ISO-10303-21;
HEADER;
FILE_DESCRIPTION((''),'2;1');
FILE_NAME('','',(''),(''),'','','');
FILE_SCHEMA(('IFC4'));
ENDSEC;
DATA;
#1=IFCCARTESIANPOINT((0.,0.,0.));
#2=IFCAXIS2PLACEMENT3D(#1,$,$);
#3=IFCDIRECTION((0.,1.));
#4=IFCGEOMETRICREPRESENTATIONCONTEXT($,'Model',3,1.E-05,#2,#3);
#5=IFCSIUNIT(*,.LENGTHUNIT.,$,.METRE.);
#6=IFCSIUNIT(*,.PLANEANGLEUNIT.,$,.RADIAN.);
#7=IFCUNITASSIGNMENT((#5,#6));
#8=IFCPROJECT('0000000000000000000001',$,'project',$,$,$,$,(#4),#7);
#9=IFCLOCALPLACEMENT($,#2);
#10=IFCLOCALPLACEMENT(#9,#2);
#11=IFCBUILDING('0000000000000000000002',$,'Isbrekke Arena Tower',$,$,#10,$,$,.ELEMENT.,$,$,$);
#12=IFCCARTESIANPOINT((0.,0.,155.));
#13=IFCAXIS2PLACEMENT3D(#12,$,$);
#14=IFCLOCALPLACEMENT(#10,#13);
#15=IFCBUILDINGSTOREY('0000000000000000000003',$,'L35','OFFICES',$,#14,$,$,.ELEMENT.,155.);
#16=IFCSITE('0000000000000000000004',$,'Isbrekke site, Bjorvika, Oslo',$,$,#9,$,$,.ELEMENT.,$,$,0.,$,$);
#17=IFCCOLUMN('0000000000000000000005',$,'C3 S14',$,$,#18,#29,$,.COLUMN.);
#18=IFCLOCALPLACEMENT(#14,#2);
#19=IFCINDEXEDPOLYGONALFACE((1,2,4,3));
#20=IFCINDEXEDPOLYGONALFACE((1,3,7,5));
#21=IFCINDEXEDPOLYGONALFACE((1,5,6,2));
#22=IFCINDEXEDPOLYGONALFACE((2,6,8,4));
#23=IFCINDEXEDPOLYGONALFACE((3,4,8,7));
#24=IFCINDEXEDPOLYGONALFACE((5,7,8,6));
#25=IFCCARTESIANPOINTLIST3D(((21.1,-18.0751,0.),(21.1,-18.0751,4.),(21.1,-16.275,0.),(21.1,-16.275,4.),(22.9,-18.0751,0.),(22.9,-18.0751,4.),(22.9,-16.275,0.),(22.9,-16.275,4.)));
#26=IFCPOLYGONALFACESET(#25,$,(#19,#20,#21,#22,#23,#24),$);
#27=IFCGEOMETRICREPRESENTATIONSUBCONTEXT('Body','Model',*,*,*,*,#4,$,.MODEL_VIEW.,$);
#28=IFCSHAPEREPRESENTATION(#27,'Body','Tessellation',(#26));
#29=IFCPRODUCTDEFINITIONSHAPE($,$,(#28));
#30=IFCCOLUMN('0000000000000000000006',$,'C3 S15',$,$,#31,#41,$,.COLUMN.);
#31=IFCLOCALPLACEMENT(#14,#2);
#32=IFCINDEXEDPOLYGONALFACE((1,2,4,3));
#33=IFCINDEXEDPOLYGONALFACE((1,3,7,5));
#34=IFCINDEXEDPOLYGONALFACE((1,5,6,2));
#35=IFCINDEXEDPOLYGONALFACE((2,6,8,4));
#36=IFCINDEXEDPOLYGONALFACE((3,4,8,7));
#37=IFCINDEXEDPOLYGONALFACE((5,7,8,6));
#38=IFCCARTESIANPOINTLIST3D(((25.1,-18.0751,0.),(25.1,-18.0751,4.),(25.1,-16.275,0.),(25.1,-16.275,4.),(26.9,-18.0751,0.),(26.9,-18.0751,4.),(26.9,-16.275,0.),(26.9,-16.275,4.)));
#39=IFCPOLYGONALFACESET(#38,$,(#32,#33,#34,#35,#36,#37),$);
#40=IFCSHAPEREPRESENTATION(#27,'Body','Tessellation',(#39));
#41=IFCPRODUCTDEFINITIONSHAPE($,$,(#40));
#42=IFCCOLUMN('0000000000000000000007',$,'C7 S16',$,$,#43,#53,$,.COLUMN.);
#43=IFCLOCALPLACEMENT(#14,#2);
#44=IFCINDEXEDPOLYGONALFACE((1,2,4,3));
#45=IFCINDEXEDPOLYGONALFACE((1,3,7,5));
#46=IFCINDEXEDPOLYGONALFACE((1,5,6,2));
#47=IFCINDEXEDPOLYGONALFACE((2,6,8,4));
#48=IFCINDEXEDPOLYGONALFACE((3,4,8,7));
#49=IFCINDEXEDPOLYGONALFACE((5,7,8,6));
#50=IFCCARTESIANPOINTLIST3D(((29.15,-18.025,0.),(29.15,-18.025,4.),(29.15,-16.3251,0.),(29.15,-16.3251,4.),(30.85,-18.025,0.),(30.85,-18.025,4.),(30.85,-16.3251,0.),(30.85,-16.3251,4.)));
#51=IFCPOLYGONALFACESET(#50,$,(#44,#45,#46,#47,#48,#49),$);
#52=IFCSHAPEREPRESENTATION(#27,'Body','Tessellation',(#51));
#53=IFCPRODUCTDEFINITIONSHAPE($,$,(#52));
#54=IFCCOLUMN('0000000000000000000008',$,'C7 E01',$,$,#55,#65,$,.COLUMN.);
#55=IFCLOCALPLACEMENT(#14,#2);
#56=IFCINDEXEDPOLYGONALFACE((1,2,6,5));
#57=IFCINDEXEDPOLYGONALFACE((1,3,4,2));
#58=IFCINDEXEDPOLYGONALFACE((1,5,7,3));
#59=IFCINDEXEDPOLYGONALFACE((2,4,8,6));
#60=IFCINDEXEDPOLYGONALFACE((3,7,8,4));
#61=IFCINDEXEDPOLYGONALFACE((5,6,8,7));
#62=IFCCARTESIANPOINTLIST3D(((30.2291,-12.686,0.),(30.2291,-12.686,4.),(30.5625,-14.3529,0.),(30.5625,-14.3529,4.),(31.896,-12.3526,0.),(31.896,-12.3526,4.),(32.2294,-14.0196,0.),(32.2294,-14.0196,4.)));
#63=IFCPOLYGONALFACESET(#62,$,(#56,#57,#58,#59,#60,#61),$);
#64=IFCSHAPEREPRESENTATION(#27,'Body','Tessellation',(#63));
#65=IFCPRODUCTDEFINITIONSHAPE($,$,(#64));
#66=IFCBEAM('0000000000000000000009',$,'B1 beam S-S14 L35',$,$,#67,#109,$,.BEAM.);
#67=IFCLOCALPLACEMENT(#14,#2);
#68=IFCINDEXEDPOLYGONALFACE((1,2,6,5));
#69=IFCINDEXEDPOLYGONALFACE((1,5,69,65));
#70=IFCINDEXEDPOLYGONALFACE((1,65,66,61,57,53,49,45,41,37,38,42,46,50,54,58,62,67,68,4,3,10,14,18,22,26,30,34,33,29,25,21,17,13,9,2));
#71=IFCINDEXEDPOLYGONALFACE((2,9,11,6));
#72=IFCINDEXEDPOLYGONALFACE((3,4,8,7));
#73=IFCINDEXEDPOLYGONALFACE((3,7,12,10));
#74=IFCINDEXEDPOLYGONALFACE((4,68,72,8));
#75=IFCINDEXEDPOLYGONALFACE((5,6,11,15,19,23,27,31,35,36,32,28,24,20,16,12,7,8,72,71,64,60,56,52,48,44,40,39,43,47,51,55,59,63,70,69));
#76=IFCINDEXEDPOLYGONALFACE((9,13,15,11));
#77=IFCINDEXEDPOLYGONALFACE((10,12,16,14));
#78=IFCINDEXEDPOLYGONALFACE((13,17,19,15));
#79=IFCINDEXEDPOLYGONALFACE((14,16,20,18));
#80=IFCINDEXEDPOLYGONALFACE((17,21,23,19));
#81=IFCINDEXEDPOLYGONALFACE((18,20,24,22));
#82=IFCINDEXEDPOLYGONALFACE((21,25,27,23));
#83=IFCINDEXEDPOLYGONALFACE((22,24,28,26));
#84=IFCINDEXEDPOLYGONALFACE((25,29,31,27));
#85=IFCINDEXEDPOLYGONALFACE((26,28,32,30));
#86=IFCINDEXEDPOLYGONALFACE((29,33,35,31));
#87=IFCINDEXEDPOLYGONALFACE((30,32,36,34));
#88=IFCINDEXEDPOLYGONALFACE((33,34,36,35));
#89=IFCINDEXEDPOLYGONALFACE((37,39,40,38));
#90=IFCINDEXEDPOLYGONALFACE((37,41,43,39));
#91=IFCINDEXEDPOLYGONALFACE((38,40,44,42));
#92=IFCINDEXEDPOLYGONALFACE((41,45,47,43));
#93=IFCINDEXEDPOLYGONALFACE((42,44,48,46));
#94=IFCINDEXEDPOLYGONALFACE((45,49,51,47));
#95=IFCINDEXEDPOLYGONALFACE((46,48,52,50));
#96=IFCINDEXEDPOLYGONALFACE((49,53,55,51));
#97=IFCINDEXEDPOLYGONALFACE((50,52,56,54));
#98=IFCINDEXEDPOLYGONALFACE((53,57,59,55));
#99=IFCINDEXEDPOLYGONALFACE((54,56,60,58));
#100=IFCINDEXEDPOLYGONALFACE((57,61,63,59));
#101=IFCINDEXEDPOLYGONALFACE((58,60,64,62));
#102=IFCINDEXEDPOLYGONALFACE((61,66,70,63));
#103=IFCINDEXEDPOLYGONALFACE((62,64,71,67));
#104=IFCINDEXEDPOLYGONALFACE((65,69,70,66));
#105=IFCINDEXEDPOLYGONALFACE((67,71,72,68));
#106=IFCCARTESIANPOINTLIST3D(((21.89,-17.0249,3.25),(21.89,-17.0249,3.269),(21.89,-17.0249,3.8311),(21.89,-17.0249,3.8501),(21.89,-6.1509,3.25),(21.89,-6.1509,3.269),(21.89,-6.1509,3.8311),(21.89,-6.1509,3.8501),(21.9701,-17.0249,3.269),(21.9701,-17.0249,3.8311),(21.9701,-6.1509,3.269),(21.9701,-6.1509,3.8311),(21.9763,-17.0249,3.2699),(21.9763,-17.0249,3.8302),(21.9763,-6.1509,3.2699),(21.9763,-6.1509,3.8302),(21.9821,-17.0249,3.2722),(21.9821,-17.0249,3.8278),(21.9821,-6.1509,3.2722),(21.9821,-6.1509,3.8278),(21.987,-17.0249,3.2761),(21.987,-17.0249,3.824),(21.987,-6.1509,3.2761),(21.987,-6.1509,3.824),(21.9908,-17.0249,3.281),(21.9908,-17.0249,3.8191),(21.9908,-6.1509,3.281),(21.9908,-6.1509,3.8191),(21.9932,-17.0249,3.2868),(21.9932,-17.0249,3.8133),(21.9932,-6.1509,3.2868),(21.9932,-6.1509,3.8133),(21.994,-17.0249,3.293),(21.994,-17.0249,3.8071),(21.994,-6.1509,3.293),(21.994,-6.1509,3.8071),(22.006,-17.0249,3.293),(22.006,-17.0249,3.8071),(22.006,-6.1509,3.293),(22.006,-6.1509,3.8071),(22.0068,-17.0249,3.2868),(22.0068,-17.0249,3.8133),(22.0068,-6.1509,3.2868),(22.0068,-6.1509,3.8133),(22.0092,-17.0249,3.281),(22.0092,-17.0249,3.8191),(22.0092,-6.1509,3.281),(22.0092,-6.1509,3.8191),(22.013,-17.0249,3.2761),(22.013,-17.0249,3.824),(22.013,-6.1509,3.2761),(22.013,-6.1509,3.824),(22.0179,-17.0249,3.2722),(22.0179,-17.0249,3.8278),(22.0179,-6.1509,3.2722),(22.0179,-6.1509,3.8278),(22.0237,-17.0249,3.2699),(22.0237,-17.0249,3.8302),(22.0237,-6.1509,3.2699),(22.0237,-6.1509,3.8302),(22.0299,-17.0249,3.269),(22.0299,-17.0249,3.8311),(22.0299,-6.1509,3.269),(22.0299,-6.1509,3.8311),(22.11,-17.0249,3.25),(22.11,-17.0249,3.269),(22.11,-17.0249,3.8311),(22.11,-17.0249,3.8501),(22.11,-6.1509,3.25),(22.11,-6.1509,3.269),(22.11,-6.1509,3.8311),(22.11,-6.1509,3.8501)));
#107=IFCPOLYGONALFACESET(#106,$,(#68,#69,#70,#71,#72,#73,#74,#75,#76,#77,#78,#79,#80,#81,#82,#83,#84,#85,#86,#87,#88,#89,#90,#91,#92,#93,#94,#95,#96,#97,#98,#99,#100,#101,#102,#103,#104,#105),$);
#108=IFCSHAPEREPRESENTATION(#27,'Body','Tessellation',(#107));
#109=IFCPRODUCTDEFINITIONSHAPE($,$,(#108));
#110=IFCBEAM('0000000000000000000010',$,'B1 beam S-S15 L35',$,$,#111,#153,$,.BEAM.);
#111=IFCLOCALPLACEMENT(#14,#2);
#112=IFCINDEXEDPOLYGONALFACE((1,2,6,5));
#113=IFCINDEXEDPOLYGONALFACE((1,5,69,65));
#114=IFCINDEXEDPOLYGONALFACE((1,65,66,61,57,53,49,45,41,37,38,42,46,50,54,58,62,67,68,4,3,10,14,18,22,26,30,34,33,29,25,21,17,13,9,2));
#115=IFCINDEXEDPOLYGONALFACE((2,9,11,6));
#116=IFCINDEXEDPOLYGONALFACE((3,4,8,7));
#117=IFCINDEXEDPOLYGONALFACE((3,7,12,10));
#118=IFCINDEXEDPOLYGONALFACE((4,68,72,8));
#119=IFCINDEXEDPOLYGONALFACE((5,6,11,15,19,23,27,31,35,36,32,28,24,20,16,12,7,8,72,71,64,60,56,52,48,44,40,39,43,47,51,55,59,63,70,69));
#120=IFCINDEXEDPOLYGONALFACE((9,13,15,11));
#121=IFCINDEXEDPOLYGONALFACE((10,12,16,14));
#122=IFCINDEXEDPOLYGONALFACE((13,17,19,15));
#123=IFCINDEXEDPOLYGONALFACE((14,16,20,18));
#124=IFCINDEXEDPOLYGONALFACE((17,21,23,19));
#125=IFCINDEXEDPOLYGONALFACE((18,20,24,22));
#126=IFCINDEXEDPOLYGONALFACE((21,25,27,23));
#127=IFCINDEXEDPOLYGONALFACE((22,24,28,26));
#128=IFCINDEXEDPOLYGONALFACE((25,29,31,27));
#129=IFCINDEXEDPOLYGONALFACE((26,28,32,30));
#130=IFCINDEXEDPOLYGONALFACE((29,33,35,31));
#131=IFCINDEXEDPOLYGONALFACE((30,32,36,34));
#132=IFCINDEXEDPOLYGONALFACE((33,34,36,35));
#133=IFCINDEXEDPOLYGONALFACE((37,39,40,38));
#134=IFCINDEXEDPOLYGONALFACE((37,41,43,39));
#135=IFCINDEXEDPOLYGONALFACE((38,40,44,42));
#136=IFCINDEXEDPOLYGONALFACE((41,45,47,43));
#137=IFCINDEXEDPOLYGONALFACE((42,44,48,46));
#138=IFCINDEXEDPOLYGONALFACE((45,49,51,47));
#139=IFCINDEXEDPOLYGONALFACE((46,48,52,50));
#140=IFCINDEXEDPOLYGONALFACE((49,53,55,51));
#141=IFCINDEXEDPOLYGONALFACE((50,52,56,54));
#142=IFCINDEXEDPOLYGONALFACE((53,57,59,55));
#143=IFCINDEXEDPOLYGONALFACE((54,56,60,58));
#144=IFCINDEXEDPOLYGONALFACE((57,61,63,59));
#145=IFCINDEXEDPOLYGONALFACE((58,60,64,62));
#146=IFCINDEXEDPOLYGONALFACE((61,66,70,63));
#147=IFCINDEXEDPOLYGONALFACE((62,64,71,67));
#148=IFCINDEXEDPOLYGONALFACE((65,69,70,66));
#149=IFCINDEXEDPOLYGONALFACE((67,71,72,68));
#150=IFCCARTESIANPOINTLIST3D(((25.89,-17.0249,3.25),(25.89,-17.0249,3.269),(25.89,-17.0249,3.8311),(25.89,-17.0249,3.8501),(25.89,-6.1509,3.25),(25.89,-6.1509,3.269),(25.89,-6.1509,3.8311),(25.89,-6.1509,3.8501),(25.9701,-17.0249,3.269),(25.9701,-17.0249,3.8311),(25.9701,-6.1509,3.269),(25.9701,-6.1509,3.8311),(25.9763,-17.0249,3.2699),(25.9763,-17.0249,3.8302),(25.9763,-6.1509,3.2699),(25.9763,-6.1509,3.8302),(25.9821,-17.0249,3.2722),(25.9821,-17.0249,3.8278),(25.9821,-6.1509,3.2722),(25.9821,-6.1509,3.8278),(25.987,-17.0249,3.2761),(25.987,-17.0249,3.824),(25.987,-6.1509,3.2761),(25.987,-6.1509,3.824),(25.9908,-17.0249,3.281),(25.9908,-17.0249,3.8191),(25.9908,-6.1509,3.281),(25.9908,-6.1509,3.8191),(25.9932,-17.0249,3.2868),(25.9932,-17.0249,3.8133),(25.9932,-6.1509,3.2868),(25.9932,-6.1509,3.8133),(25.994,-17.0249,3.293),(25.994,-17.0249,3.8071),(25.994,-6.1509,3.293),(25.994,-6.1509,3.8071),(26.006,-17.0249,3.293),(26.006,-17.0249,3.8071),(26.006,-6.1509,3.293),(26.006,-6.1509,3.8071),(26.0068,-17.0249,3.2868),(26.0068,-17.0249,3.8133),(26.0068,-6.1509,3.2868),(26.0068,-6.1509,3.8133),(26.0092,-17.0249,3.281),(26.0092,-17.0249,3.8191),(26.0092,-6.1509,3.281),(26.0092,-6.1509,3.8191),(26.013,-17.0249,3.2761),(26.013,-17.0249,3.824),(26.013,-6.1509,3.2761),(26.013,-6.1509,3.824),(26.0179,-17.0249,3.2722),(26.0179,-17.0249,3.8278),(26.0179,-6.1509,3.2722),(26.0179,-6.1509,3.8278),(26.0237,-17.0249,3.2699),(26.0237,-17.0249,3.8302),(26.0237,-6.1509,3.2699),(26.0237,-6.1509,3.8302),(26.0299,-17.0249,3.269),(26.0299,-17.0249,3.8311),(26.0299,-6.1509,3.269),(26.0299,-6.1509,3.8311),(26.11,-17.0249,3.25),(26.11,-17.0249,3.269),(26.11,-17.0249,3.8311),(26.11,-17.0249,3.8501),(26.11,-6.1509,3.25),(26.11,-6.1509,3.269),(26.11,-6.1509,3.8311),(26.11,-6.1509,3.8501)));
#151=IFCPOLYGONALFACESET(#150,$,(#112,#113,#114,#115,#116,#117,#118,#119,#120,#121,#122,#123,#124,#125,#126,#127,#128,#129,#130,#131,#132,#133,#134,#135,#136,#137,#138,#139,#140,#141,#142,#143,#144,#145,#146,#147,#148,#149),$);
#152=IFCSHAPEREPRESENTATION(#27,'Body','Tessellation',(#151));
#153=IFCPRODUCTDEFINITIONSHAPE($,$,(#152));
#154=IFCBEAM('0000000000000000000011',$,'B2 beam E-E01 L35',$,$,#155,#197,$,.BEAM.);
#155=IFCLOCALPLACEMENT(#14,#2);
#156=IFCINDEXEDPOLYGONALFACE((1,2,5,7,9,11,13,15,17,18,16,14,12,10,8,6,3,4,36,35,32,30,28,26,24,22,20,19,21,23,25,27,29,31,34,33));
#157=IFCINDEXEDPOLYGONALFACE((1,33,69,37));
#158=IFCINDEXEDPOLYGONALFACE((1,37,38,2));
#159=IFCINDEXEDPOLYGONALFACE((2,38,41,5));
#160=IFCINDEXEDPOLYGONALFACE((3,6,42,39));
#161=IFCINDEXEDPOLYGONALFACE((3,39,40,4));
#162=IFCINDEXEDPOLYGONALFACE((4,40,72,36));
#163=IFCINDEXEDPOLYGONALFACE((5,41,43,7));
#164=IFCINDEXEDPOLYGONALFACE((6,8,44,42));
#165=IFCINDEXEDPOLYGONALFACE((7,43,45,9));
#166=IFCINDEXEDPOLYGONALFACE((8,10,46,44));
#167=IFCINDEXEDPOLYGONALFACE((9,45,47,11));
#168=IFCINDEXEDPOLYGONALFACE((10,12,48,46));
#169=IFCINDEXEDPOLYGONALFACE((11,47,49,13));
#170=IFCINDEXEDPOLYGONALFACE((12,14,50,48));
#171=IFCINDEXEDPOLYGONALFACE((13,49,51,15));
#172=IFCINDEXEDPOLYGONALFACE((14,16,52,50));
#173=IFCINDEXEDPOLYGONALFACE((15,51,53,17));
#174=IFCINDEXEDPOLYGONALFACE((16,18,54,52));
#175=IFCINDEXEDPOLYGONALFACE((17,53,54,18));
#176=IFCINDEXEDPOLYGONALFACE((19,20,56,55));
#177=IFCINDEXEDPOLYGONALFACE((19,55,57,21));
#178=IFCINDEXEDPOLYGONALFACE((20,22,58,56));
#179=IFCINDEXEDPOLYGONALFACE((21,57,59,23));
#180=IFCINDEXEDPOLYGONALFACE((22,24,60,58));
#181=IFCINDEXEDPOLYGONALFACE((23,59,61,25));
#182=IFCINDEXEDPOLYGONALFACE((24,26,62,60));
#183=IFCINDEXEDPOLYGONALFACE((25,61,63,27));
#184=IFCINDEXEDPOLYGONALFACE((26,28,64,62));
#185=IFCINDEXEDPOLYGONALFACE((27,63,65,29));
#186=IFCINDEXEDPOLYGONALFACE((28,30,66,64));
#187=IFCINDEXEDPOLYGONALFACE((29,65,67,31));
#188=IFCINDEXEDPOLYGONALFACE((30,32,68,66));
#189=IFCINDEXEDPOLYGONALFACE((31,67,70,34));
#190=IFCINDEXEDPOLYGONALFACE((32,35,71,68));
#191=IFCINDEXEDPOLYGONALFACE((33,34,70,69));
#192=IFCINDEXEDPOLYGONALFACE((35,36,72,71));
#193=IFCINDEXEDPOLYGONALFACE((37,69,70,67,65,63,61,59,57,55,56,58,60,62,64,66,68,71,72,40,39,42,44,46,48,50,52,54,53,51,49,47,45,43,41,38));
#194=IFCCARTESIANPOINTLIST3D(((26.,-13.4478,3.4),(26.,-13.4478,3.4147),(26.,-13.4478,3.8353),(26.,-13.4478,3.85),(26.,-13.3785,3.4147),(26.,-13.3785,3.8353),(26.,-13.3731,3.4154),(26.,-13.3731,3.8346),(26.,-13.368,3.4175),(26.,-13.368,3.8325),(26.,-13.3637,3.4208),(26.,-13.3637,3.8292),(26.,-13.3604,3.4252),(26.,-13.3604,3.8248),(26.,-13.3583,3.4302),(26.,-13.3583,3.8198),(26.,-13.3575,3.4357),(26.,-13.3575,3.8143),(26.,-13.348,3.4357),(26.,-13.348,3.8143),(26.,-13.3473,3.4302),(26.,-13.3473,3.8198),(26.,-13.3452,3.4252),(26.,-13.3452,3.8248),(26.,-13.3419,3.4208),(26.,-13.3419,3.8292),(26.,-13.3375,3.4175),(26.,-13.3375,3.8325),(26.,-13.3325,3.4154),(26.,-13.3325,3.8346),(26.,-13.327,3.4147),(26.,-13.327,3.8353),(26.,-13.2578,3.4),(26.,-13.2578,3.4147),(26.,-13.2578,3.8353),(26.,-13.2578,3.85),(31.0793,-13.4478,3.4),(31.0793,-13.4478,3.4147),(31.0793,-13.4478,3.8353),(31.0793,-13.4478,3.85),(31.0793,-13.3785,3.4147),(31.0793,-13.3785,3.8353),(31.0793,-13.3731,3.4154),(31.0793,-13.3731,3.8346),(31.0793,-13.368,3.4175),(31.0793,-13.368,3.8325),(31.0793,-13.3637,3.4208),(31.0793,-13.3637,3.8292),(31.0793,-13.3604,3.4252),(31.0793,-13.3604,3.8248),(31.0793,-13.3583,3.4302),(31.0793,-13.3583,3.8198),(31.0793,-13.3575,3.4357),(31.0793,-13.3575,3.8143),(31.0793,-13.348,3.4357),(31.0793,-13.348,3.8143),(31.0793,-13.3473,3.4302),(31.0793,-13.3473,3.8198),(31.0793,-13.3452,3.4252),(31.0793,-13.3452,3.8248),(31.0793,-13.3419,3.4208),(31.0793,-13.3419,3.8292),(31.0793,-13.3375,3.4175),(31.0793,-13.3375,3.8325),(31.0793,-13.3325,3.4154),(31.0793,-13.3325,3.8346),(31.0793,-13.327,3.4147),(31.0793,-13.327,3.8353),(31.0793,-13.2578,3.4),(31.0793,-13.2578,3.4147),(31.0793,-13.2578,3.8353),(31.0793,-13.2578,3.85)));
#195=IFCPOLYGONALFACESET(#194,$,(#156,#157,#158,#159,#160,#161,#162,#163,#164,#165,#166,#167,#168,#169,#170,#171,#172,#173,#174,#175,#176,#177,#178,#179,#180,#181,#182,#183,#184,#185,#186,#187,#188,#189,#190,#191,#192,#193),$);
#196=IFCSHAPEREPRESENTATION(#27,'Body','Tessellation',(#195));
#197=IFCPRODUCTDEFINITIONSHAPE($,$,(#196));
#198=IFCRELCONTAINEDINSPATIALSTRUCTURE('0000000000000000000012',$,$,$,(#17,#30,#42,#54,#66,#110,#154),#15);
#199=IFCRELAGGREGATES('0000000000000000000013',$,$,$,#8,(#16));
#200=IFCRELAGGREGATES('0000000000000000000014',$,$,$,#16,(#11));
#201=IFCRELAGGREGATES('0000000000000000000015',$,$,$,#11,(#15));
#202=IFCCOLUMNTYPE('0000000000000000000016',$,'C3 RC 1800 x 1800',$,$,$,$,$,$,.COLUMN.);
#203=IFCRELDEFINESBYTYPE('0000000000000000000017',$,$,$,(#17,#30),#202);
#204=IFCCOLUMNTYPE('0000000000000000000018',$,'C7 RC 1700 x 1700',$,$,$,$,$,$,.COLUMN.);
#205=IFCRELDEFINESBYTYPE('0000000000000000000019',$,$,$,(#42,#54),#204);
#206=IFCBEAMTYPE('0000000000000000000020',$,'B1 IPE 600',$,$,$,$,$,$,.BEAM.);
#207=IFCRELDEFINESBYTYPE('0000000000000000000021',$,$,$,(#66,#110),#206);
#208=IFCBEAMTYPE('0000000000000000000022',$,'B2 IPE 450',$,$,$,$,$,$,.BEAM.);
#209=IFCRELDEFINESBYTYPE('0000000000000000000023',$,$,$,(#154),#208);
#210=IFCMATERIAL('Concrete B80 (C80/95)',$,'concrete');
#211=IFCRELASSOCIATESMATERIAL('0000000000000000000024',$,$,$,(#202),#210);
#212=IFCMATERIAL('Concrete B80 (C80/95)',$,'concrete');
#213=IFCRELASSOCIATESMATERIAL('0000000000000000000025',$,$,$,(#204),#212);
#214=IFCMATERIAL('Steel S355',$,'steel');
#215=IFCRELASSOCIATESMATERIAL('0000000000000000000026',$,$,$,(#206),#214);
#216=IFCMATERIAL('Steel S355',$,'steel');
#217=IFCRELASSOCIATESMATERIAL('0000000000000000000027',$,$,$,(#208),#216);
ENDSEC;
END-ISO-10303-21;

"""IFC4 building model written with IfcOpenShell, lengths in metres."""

from ifc_helpers import new_model, si_unit, direction, frame, origin, origin_2d, place, context, subcontext, project, spatial, rectangle, i_section, extrude, material, material_profile, profile_set, type_object, element, save


model = new_model("IFC4")

# Units and contexts
model_context = context("Model", 3, precision=1e-05, world=origin(), true_north=direction((0.0, 1.0)))
body_context = subcontext(model_context, "Body", "Model", "MODEL_VIEW")
ifc_project = project(units=[si_unit("LENGTHUNIT", "METRE"), si_unit("PLANEANGLEUNIT", "RADIAN")], contexts=[model_context])

# Site, building, storey
site_placement = place(None, origin())
site = spatial("IfcSite", under=ifc_project, at=site_placement, Name="Isbrekke site, Bjorvika, Oslo", CompositionType="ELEMENT", RefElevation=0.0)
building_placement = place(site_placement, origin())
building = spatial("IfcBuilding", under=site, at=building_placement, Name="Isbrekke Arena Tower", CompositionType="ELEMENT")
storey_placement = place(building_placement, frame((0.0, 0.0, 155.0)))
storey = spatial("IfcBuildingStorey", under=building, at=storey_placement, Name="L35", Description="OFFICES", CompositionType="ELEMENT", Elevation=155.0)

# Columns
ifc_material_1 = material(Name="Concrete B80 (C80/95)", Category="concrete")
ifc_material_profile_1 = material_profile(ifc_material_1, rectangle(XDim=1.8, YDim=1.8, at=origin_2d()), Name="RC 1800x1800")
ifc_profile_set_1 = profile_set([ifc_material_profile_1], Name="Concrete B80 (C80/95)")
column_type_1 = type_object("IfcColumnType", Name="C3 RC 1800 x 1800", PredefinedType="COLUMN", material=ifc_profile_set_1)
for number, where, z_axis, x_axis, name in (
    (1, (22.0, -17.175, 0.0), (0.0, 0.0, 1.0), (1.0, 0.0, 0.0), "C3 S14"),
    (2, (26.0, -17.175, 0.0), (0.0, 0.0, 1.0), (1.0, 0.0, 0.0), "C3 S15"),
):
    element("IfcColumn", number, at=place(storey_placement, frame(where, z_axis=z_axis, x_axis=x_axis)), inside=storey, type_object=column_type_1, Name=name, PredefinedType="COLUMN", context=body_context, shape_type="SweptSolid", body=[
        extrude(rectangle(XDim=1.8, YDim=1.8, at=origin_2d()), origin(), (0.0, 0.0, 1.0), 4.0),
    ])
ifc_material_2 = material(Name="Concrete B80 (C80/95)", Category="concrete")
ifc_material_profile_2 = material_profile(ifc_material_2, rectangle(XDim=1.7, YDim=1.7, at=origin_2d()), Name="RC 1700x1700")
ifc_profile_set_2 = profile_set([ifc_material_profile_2], Name="Concrete B80 (C80/95)")
column_type_2 = type_object("IfcColumnType", Name="C7 RC 1700 x 1700", PredefinedType="COLUMN", material=ifc_profile_set_2)
for number, where, z_axis, x_axis, name in (
    (3, (30.0, -17.175, 0.0), (0.0, 0.0, 1.0), (1.0, 0.0, 0.0), "C7 S16"),
    (4, (31.2292, -13.3528, 0.0), (0.0, 0.0, 1.0), (-0.196116, 0.980581, 0.0), "C7 E01"),
):
    element("IfcColumn", number, at=place(storey_placement, frame(where, z_axis=z_axis, x_axis=x_axis)), inside=storey, type_object=column_type_2, Name=name, PredefinedType="COLUMN", context=body_context, shape_type="SweptSolid", body=[
        extrude(rectangle(XDim=1.7, YDim=1.7, at=origin_2d()), origin(), (0.0, 0.0, 1.0), 4.0),
    ])

# Beams
ifc_material_3 = material(Name="Steel S355", Category="steel")
ifc_material_profile_3 = material_profile(ifc_material_3, i_section(OverallWidth=0.22, OverallDepth=0.6001, WebThickness=0.012, FlangeThickness=0.019, FilletRadius=0.0239, at=origin_2d()), Name="IPE 600")
ifc_profile_set_3 = profile_set([ifc_material_profile_3], Name="Steel S355")
beam_type_1 = type_object("IfcBeamType", Name="B1 IPE 600", PredefinedType="BEAM", material=ifc_profile_set_3)
for number, where, z_axis, x_axis, name in (
    (5, (22.0, -17.0249, 3.55), (0.0, 1.0, 0.0), (-1.0, 0.0, 0.0), "B1 beam S-S14 L35"),
    (6, (26.0, -17.0249, 3.55), (0.0, 1.0, 0.0), (-1.0, 0.0, 0.0), "B1 beam S-S15 L35"),
):
    element("IfcBeam", number, at=place(storey_placement, frame(where, z_axis=z_axis, x_axis=x_axis)), inside=storey, type_object=beam_type_1, Name=name, PredefinedType="BEAM", context=body_context, shape_type="SweptSolid", body=[
        extrude(i_section(OverallWidth=0.22, OverallDepth=0.6001, WebThickness=0.012, FlangeThickness=0.019, FilletRadius=0.0239, at=origin_2d()), origin(), (0.0, 0.0, 1.0), 10.874),
    ])
ifc_material_4 = material(Name="Steel S355", Category="steel")
ifc_material_profile_4 = material_profile(ifc_material_4, i_section(OverallWidth=0.1899, OverallDepth=0.45, WebThickness=0.0095, FlangeThickness=0.0146, FilletRadius=0.021, at=origin_2d()), Name="IPE 450")
ifc_profile_set_4 = profile_set([ifc_material_profile_4], Name="Steel S355")
beam_type_2 = type_object("IfcBeamType", Name="B2 IPE 450", PredefinedType="BEAM", material=ifc_profile_set_4)
beam_1_placement = place(storey_placement, frame((31.0793, -13.3528, 3.625), z_axis=(-1.0, 0.0, 0.0), x_axis=(0.0, -1.0, 0.0)))
element("IfcBeam", 7, at=beam_1_placement, inside=storey, type_object=beam_type_2, Name="B2 beam E-E01 L35", PredefinedType="BEAM", context=body_context, shape_type="SweptSolid", body=[
    extrude(i_section(OverallWidth=0.1899, OverallDepth=0.45, WebThickness=0.0095, FlangeThickness=0.0146, FilletRadius=0.021, at=origin_2d()), origin(), (0.0, 0.0, 1.0), 5.0793),
])

save(model, "model.ifc")
